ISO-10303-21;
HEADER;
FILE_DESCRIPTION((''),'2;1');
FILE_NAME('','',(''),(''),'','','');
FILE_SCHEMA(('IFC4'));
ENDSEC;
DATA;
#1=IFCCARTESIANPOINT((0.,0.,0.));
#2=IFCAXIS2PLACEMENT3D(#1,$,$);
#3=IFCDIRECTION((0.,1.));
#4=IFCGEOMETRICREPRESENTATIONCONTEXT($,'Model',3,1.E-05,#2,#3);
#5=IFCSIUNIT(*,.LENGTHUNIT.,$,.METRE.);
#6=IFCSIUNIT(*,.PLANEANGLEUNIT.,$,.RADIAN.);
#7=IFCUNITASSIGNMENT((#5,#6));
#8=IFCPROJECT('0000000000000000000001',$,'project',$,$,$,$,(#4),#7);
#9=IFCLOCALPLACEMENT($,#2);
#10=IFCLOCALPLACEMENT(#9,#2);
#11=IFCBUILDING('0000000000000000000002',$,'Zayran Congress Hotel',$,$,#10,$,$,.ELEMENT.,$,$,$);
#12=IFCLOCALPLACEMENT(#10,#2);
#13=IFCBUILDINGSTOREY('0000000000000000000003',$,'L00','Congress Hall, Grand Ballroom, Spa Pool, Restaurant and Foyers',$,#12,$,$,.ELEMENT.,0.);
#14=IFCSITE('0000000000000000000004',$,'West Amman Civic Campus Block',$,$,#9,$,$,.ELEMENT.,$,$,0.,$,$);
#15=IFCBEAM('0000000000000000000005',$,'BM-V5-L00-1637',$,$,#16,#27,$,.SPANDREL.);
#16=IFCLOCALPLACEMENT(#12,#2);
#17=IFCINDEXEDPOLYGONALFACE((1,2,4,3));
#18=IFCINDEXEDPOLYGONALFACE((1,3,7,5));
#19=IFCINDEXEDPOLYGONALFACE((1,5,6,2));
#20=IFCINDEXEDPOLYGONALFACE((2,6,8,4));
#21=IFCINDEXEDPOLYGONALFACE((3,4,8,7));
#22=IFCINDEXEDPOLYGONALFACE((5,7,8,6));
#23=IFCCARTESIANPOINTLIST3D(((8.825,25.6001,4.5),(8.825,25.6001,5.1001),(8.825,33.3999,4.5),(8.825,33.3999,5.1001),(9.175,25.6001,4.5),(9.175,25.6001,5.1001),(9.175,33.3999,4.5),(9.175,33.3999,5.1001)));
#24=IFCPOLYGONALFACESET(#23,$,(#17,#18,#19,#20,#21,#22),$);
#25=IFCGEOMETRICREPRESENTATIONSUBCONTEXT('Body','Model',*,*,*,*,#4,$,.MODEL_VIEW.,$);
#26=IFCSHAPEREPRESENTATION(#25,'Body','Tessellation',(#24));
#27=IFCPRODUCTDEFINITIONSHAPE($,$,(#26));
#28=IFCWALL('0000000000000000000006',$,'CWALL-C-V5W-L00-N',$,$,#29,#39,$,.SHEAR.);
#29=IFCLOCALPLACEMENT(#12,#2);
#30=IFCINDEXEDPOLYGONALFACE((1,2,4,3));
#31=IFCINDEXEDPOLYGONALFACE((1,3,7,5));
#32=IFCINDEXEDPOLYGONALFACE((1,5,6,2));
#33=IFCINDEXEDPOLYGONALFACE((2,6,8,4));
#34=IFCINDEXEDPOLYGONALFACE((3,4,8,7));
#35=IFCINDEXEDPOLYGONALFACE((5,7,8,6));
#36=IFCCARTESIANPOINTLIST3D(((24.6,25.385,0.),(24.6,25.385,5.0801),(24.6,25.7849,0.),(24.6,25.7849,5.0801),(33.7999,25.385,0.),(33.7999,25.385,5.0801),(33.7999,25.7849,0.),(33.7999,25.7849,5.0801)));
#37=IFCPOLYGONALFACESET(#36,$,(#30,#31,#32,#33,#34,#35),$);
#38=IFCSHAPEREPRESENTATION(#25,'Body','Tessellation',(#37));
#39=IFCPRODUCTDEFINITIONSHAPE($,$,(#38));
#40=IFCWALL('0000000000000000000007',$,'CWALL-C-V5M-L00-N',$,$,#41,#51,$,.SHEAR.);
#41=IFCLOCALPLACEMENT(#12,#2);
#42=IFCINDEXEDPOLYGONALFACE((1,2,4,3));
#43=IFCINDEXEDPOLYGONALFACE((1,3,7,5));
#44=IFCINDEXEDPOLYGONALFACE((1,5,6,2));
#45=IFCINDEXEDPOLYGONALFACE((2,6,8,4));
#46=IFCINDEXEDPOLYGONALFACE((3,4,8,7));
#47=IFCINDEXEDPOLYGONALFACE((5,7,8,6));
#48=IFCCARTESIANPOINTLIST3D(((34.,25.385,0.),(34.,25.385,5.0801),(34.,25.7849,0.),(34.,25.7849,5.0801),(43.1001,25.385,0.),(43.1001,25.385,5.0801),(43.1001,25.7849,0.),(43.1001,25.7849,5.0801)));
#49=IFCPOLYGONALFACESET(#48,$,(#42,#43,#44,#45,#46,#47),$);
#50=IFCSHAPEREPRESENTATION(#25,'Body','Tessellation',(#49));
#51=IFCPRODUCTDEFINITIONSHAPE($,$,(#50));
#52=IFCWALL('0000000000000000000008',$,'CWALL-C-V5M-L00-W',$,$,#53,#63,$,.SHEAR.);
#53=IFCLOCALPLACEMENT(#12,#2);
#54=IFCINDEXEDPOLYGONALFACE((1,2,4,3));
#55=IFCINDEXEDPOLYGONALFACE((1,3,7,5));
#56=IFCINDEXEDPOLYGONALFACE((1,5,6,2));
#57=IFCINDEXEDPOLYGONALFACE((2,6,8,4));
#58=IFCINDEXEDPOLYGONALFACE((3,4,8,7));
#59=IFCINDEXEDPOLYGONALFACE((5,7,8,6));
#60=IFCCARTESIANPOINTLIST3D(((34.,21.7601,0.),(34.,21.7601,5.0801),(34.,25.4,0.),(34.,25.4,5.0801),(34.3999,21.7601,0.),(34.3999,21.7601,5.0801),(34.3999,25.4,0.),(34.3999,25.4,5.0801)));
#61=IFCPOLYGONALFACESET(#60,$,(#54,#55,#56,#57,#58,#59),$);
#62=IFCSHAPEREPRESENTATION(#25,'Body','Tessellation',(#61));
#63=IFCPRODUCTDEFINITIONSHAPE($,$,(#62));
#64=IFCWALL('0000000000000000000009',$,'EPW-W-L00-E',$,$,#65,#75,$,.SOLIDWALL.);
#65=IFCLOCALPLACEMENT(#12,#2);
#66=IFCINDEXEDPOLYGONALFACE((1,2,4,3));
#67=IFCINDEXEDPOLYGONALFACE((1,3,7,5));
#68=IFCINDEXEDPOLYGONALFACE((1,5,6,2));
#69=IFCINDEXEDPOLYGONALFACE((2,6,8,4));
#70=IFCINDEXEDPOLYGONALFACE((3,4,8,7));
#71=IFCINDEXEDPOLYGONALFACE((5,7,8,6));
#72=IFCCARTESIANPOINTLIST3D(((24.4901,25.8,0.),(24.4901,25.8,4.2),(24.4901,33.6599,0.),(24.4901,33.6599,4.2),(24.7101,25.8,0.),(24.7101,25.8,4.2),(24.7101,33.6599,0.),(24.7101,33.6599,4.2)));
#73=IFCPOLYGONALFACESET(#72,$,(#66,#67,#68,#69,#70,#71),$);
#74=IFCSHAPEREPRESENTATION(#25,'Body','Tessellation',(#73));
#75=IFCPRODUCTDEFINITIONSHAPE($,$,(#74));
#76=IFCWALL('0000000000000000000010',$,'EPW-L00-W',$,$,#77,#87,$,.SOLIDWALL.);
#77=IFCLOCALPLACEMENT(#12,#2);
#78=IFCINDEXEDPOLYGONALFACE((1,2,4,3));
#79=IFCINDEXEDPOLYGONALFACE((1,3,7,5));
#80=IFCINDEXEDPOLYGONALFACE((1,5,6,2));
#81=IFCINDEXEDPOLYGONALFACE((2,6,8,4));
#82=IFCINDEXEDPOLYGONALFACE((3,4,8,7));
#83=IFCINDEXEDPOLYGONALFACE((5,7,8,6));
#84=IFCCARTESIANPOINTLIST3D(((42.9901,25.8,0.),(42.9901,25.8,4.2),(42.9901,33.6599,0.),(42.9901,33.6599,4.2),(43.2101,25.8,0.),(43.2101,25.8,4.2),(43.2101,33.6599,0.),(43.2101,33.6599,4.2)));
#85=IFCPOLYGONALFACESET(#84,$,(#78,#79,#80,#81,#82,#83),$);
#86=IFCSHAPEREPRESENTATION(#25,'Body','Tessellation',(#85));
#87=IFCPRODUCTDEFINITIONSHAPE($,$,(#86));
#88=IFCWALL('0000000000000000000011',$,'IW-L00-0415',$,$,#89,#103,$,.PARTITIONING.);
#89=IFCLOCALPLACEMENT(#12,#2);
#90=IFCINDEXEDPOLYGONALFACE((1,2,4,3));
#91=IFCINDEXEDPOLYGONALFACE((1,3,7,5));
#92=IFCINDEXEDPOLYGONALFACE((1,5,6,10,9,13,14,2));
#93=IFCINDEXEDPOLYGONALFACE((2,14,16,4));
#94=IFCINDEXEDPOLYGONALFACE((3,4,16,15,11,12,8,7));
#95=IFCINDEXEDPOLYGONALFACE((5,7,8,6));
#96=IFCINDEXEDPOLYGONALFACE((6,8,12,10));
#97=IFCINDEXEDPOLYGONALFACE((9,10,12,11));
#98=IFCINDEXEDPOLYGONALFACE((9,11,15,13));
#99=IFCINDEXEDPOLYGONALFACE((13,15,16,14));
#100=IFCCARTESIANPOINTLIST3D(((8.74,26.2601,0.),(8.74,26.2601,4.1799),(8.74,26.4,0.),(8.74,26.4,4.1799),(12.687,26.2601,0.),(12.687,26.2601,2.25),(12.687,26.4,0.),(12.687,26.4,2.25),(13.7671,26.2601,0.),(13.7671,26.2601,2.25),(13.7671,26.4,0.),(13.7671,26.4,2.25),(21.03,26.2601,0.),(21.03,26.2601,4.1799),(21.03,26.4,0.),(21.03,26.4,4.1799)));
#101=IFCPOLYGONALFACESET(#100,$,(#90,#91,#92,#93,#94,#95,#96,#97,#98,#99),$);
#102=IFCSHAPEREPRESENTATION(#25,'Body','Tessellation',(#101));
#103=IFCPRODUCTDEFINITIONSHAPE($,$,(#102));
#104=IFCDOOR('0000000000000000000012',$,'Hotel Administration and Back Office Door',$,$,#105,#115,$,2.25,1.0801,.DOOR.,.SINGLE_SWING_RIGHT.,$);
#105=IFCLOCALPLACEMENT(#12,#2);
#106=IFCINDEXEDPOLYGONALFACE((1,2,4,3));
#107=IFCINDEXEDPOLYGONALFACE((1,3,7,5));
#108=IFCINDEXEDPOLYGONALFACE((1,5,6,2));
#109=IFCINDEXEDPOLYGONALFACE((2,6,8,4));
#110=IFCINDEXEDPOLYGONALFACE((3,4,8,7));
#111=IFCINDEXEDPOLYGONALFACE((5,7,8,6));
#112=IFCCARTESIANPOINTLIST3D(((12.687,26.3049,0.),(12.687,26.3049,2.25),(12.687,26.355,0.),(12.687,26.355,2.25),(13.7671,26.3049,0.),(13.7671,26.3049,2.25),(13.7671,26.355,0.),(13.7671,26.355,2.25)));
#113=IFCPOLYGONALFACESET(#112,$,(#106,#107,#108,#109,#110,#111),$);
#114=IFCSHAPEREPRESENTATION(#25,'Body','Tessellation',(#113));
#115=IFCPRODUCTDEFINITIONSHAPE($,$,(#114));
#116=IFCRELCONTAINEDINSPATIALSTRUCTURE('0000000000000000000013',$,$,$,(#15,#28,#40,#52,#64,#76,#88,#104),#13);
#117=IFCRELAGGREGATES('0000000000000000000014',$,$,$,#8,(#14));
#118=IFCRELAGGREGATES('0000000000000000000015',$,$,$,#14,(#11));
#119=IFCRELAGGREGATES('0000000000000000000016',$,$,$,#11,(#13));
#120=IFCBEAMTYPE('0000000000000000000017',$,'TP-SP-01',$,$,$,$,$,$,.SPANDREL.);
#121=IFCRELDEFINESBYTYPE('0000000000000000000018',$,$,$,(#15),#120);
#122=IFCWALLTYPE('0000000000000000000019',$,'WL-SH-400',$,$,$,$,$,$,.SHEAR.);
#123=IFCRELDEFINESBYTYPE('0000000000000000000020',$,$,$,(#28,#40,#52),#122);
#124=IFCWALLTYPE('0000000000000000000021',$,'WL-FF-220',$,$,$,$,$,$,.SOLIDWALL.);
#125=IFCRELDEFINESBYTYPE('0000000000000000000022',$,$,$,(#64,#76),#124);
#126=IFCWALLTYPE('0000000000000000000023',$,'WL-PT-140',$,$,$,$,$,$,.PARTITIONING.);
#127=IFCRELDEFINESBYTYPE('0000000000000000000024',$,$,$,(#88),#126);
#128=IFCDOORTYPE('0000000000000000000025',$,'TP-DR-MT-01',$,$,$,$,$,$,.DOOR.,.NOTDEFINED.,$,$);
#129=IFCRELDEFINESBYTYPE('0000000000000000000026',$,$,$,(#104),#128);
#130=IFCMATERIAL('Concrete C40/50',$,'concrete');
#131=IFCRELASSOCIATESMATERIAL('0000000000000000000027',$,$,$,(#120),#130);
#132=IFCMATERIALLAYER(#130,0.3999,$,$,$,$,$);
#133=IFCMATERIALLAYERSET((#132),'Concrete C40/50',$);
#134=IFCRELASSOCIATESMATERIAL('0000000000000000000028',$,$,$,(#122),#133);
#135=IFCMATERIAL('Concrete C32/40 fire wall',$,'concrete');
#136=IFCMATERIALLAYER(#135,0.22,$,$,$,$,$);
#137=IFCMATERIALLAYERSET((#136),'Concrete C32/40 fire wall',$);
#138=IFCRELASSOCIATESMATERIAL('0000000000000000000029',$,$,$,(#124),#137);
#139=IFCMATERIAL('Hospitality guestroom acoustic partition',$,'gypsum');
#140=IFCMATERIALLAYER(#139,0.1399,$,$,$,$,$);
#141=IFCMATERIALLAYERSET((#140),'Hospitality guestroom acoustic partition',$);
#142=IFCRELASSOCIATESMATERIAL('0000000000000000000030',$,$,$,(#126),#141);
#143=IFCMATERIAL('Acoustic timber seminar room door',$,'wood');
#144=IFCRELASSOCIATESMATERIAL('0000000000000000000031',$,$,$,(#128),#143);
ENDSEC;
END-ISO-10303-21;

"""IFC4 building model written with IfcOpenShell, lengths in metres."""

from ifc_helpers import new_model, si_unit, direction, frame, frame_2d, origin, origin_2d, place, context, subcontext, project, spatial, rectangle, extrude, material, layer, layer_set, material_profile, profile_set, type_object, element, fill, save


model = new_model("IFC4")

# Units and contexts
model_context = context("Model", 3, precision=1e-05, world=origin(), true_north=direction((0.0, 1.0)))
body_context = subcontext(model_context, "Body", "Model", "MODEL_VIEW")
ifc_project = project(units=[si_unit("LENGTHUNIT", "METRE"), si_unit("PLANEANGLEUNIT", "RADIAN")], contexts=[model_context])

# Site, building, storey
site_placement = place(None, origin())
site = spatial("IfcSite", under=ifc_project, at=site_placement, Name="West Amman Civic Campus Block", CompositionType="ELEMENT", RefElevation=0.0)
building_placement = place(site_placement, origin())
building = spatial("IfcBuilding", under=site, at=building_placement, Name="Zayran Congress Hotel", CompositionType="ELEMENT")
storey_placement = place(building_placement, origin())
storey = spatial("IfcBuildingStorey", under=building, at=storey_placement, Name="L00", Description="Congress Hall, Grand Ballroom, Spa Pool, Restaurant and Foyers", CompositionType="ELEMENT", Elevation=0.0)

# Shared definitions
ifc_material_1 = material(Name="Concrete C40/50", Category="concrete")

# Beam
ifc_material_profile_1 = material_profile(ifc_material_1, rectangle(XDim=0.3501, YDim=0.6001, at=origin_2d()), Name="RC 350x600")
ifc_profile_set_1 = profile_set([ifc_material_profile_1], Name="Concrete C40/50")
beam_type_1 = type_object("IfcBeamType", Name="TP-SP-01", PredefinedType="SPANDREL", material=ifc_profile_set_1)
beam_1_placement = place(storey_placement, frame((9.0, 25.6001, 4.8), z_axis=(0.0, 1.0, 0.0), x_axis=(-1.0, 0.0, 0.0)))
element("IfcBeam", 1, at=beam_1_placement, inside=storey, type_object=beam_type_1, Name="BM-V5-L00-1637", PredefinedType="SPANDREL", context=body_context, shape_type="SweptSolid", body=[
    extrude(rectangle(XDim=0.3501, YDim=0.6001, at=origin_2d()), origin(), (0.0, 0.0, 1.0), 7.7998),
])

# Walls
ifc_layer_1 = layer(ifc_material_1, 0.3999)
ifc_layer_set_1 = layer_set([ifc_layer_1], Name="Concrete C40/50")
wall_type_1 = type_object("IfcWallType", Name="WL-SH-400", PredefinedType="SHEAR", material=ifc_layer_set_1)
wall_1_placement = place(storey_placement, frame((33.8, 25.585, 0.0), z_axis=(0.0, 0.0, 1.0), x_axis=(-1.0, 0.0, 0.0)))
element("IfcWall", 2, at=wall_1_placement, inside=storey, type_object=wall_type_1, Name="CWALL-C-V5W-L00-N", PredefinedType="SHEAR", context=body_context, shape_type="SweptSolid", body=[
    extrude(rectangle(XDim=9.2, YDim=0.3999, at=frame_2d((4.6001, 0.0))), origin(), (0.0, 0.0, 1.0), 5.0801),
])
wall_2_placement = place(storey_placement, frame((43.1001, 25.585, 0.0), z_axis=(0.0, 0.0, 1.0), x_axis=(-1.0, 0.0, 0.0)))
element("IfcWall", 3, at=wall_2_placement, inside=storey, type_object=wall_type_1, Name="CWALL-C-V5M-L00-N", PredefinedType="SHEAR", context=body_context, shape_type="SweptSolid", body=[
    extrude(rectangle(XDim=9.1001, YDim=0.3999, at=frame_2d((4.55, 0.0))), origin(), (0.0, 0.0, 1.0), 5.0801),
])
wall_3_placement = place(storey_placement, frame((34.2, 25.3999, 0.0), z_axis=(0.0, 0.0, 1.0), x_axis=(0.0, -1.0, 0.0)))
element("IfcWall", 4, at=wall_3_placement, inside=storey, type_object=wall_type_1, Name="CWALL-C-V5M-L00-W", PredefinedType="SHEAR", context=body_context, shape_type="SweptSolid", body=[
    extrude(rectangle(XDim=3.6399, YDim=0.3999, at=frame_2d((1.8198, 0.0))), origin(), (0.0, 0.0, 1.0), 5.0801),
])
ifc_material_2 = material(Name="Concrete C32/40 fire wall", Category="concrete")
ifc_layer_2 = layer(ifc_material_2, 0.22)
ifc_layer_set_2 = layer_set([ifc_layer_2], Name="Concrete C32/40 fire wall")
wall_type_2 = type_object("IfcWallType", Name="WL-FF-220", PredefinedType="SOLIDWALL", material=ifc_layer_set_2)
for number, where, z_axis, x_axis, name in (
    (5, (24.6001, 25.8, 0.0), (0.0, 0.0, 1.0), (0.0, 1.0, 0.0), "EPW-W-L00-E"),
    (6, (43.1001, 25.8, 0.0), (0.0, 0.0, 1.0), (0.0, 1.0, 0.0), "EPW-L00-W"),
):
    element("IfcWall", number, at=place(storey_placement, frame(where, z_axis=z_axis, x_axis=x_axis)), inside=storey, type_object=wall_type_2, Name=name, PredefinedType="SOLIDWALL", context=body_context, shape_type="SweptSolid", body=[
        extrude(rectangle(XDim=7.8599, YDim=0.22, at=frame_2d((3.9299, 0.0))), origin(), (0.0, 0.0, 1.0), 4.2),
    ])

# Wall, opening, door
ifc_material_3 = material(Name="Hospitality guestroom acoustic partition", Category="gypsum")
ifc_layer_3 = layer(ifc_material_3, 0.1399)
ifc_layer_set_3 = layer_set([ifc_layer_3], Name="Hospitality guestroom acoustic partition")
wall_type_3 = type_object("IfcWallType", Name="WL-PT-140", PredefinedType="PARTITIONING", material=ifc_layer_set_3)
wall_4_placement = place(storey_placement, frame((8.74, 26.3301, 0.0), z_axis=(0.0, 0.0, 1.0), x_axis=(1.0, 0.0, 0.0)))
wall_4 = element("IfcWall", 7, at=wall_4_placement, inside=storey, type_object=wall_type_3, Name="IW-L00-0415", PredefinedType="PARTITIONING", context=body_context, shape_type="SweptSolid", body=[
    extrude(rectangle(XDim=12.29, YDim=0.1399, at=frame_2d((6.145, 0.0))), origin(), (0.0, 0.0, 1.0), 4.1799),
])
opening_placement = place(wall_4_placement, frame((3.947, 0.0, 0.0)))
opening = element("IfcOpeningElement", 8, at=opening_placement, cuts=wall_4, PredefinedType="OPENING", context=body_context, shape_type="SweptSolid", body=[
    extrude(rectangle(XDim=1.0801, YDim=2.25, at=frame_2d((0.54, 1.125))), frame((0.0, 0.0798, 0.0), z_axis=(0.0, -1.0, 0.0), x_axis=(1.0, 0.0, 0.0)), (0.0, 0.0, 1.0), 0.1599),
])
ifc_material_4 = material(Name="Acoustic timber seminar room door", Category="wood")
door_type = type_object("IfcDoorType", Name="TP-DR-MT-01", OperationType="NOTDEFINED", PredefinedType="DOOR", material=ifc_material_4)
door_placement = place(opening_placement, origin())
door = element("IfcDoor", 9, at=door_placement, inside=storey, type_object=door_type, Name="Hotel Administration and Back Office Door", OperationType="SINGLE_SWING_RIGHT", OverallHeight=2.25, OverallWidth=1.0801, PredefinedType="DOOR", context=body_context, shape_type="SweptSolid", body=[
    extrude(rectangle(XDim=1.0801, YDim=2.25, at=frame_2d((0.54, 1.125))), frame((0.0, 0.0249, 0.0), z_axis=(0.0, -1.0, 0.0), x_axis=(1.0, 0.0, 0.0)), (0.0, 0.0, 1.0), 0.05),
])
fill(opening, door)

save(model, "model.ifc")
